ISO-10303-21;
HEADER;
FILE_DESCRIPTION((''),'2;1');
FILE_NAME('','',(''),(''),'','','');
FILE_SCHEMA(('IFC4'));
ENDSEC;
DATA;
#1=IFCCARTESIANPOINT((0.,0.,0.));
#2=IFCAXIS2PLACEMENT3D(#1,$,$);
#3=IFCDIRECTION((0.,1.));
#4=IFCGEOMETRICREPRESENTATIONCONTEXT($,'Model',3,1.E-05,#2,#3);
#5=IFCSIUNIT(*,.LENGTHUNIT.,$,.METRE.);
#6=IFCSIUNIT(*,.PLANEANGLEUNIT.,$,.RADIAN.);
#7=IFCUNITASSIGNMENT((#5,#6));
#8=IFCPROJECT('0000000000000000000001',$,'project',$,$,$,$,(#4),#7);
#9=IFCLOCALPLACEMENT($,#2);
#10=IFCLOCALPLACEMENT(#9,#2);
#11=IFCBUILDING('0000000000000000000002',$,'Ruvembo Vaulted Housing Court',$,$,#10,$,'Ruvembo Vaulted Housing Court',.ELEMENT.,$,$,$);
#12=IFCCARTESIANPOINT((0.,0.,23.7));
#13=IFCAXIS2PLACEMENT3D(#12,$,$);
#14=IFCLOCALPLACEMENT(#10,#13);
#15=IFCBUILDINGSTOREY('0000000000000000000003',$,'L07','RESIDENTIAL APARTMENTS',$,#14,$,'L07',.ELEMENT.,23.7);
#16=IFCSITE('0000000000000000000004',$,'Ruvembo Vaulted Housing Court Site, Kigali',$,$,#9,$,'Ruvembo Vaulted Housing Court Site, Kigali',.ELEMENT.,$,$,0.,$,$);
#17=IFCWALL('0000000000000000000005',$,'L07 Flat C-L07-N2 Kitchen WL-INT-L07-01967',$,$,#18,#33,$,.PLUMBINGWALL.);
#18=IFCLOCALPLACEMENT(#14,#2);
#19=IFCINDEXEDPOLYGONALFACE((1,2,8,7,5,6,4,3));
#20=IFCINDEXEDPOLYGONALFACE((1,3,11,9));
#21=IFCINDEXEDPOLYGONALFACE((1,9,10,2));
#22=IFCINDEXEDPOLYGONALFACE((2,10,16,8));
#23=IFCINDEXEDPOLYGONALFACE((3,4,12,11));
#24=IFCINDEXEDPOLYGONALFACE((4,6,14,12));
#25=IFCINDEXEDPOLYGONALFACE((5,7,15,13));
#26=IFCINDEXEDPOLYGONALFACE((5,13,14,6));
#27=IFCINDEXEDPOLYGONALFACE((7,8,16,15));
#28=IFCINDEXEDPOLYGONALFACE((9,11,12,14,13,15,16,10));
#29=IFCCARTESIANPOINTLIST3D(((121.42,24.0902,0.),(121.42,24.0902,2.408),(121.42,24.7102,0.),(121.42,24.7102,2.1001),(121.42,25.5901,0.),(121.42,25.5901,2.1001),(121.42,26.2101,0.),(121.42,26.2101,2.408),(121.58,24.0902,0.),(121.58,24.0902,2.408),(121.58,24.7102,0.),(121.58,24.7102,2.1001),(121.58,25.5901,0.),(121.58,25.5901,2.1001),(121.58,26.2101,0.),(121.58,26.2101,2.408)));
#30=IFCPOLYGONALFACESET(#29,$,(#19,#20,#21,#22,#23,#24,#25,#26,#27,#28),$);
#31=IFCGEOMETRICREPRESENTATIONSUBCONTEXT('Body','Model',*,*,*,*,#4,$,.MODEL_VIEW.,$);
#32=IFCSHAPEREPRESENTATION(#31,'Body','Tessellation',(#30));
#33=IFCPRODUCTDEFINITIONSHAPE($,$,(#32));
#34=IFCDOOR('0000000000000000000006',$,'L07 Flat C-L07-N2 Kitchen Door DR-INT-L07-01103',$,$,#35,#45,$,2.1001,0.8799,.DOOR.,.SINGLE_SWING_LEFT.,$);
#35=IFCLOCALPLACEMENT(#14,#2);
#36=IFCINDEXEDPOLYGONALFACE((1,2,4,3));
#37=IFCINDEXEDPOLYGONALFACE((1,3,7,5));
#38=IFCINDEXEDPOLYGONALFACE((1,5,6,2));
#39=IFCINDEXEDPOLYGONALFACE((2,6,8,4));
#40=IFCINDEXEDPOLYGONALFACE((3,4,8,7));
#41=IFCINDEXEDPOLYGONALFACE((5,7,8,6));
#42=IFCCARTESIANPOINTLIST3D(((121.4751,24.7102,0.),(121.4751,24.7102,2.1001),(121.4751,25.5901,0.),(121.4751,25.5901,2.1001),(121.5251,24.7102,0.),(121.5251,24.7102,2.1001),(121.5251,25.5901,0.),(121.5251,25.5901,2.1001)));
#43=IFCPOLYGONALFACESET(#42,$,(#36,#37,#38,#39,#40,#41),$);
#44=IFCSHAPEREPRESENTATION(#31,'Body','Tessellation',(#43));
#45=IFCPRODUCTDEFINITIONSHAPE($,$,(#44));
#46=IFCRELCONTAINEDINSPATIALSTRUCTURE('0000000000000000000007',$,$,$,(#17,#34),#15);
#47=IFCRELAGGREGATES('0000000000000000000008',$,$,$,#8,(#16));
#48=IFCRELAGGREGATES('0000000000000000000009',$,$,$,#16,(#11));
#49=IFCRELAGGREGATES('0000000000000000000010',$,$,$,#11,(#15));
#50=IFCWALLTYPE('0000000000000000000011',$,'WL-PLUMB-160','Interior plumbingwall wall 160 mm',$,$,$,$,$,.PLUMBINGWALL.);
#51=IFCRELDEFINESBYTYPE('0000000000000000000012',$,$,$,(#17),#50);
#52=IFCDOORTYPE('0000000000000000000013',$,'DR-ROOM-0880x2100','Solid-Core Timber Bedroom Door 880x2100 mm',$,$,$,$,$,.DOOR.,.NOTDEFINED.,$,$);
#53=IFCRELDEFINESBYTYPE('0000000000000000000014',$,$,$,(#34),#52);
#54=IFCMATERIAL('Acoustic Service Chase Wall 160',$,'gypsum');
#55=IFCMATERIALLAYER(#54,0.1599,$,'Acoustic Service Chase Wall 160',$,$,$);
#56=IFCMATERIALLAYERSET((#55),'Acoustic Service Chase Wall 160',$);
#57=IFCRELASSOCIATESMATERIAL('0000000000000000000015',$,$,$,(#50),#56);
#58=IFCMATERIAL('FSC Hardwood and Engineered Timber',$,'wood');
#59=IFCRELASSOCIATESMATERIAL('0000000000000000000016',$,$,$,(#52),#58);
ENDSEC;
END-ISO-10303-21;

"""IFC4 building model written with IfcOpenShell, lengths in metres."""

from ifc_helpers import new_model, si_unit, direction, frame, frame_2d, origin, place, context, subcontext, project, spatial, rectangle, extrude, material, layer, layer_set, type_object, element, fill, save


model = new_model("IFC4")

# Units and contexts
model_context = context("Model", 3, precision=1e-05, world=origin(), true_north=direction((0.0, 1.0)))
body_context = subcontext(model_context, "Body", "Model", "MODEL_VIEW")
ifc_project = project(units=[si_unit("LENGTHUNIT", "METRE"), si_unit("PLANEANGLEUNIT", "RADIAN")], contexts=[model_context])

# Site, building, storey
site_placement = place(None, origin())
site = spatial("IfcSite", under=ifc_project, at=site_placement, Name="Ruvembo Vaulted Housing Court Site, Kigali", LongName="Ruvembo Vaulted Housing Court Site, Kigali", CompositionType="ELEMENT", RefElevation=0.0)
building_placement = place(site_placement, origin())
building = spatial("IfcBuilding", under=site, at=building_placement, Name="Ruvembo Vaulted Housing Court", LongName="Ruvembo Vaulted Housing Court", CompositionType="ELEMENT")
storey_placement = place(building_placement, frame((0.0, 0.0, 23.7)))
storey = spatial("IfcBuildingStorey", under=building, at=storey_placement, Name="L07", Description="RESIDENTIAL APARTMENTS", LongName="L07", CompositionType="ELEMENT", Elevation=23.7)

# Shared definitions
ifc_material_1 = material(Name="FSC Hardwood and Engineered Timber", Category="wood")

# Wall, opening, door
ifc_material_2 = material(Name="Acoustic Service Chase Wall 160", Category="gypsum")
ifc_layer_1 = layer(ifc_material_2, 0.1599, Name="Acoustic Service Chase Wall 160")
ifc_layer_set_1 = layer_set([ifc_layer_1], Name="Acoustic Service Chase Wall 160")
wall_type_1 = type_object("IfcWallType", Name="WL-PLUMB-160", Description="Interior plumbingwall wall 160 mm", PredefinedType="PLUMBINGWALL", material=ifc_layer_set_1)
wall_1_placement = place(storey_placement, frame((121.5, 24.0901, 0.0), z_axis=(0.0, 0.0, 1.0), x_axis=(0.0, 1.0, 0.0)))
wall_1 = element("IfcWall", 1, at=wall_1_placement, inside=storey, type_object=wall_type_1, Name="L07 Flat C-L07-N2 Kitchen WL-INT-L07-01967", PredefinedType="PLUMBINGWALL", context=body_context, shape_type="SweptSolid", body=[
    extrude(rectangle(XDim=2.1199, YDim=0.1599, at=frame_2d((1.0601, 0.0))), origin(), (0.0, 0.0, 1.0), 2.408),
])
opening_1_placement = place(wall_1_placement, frame((0.6201, 0.0, 0.0)))
opening_1 = element("IfcOpeningElement", 2, at=opening_1_placement, cuts=wall_1, PredefinedType="OPENING", context=body_context, shape_type="SweptSolid", body=[
    extrude(rectangle(XDim=0.8799, YDim=2.1001, at=frame_2d((0.4399, 1.05))), frame((0.0, 0.0898, 0.0), z_axis=(0.0, -1.0, 0.0), x_axis=(1.0, 0.0, 0.0)), (0.0, 0.0, 1.0), 0.1799),
])
door_type_1 = type_object("IfcDoorType", Name="DR-ROOM-0880x2100", Description="Solid-Core Timber Bedroom Door 880x2100 mm", OperationType="NOTDEFINED", PredefinedType="DOOR", material=ifc_material_1)
door_1_placement = place(opening_1_placement, origin())
door_1 = element("IfcDoor", 3, at=door_1_placement, inside=storey, type_object=door_type_1, Name="L07 Flat C-L07-N2 Kitchen Door DR-INT-L07-01103", OperationType="SINGLE_SWING_LEFT", OverallHeight=2.1001, OverallWidth=0.8799, PredefinedType="DOOR", context=body_context, shape_type="SweptSolid", body=[
    extrude(rectangle(XDim=0.8799, YDim=2.1001, at=frame_2d((0.4399, 1.05))), frame((0.0, 0.0249, 0.0), z_axis=(0.0, -1.0, 0.0), x_axis=(1.0, 0.0, 0.0)), (0.0, 0.0, 1.0), 0.05),
])
fill(opening_1, door_1)

save(model, "model.ifc")
